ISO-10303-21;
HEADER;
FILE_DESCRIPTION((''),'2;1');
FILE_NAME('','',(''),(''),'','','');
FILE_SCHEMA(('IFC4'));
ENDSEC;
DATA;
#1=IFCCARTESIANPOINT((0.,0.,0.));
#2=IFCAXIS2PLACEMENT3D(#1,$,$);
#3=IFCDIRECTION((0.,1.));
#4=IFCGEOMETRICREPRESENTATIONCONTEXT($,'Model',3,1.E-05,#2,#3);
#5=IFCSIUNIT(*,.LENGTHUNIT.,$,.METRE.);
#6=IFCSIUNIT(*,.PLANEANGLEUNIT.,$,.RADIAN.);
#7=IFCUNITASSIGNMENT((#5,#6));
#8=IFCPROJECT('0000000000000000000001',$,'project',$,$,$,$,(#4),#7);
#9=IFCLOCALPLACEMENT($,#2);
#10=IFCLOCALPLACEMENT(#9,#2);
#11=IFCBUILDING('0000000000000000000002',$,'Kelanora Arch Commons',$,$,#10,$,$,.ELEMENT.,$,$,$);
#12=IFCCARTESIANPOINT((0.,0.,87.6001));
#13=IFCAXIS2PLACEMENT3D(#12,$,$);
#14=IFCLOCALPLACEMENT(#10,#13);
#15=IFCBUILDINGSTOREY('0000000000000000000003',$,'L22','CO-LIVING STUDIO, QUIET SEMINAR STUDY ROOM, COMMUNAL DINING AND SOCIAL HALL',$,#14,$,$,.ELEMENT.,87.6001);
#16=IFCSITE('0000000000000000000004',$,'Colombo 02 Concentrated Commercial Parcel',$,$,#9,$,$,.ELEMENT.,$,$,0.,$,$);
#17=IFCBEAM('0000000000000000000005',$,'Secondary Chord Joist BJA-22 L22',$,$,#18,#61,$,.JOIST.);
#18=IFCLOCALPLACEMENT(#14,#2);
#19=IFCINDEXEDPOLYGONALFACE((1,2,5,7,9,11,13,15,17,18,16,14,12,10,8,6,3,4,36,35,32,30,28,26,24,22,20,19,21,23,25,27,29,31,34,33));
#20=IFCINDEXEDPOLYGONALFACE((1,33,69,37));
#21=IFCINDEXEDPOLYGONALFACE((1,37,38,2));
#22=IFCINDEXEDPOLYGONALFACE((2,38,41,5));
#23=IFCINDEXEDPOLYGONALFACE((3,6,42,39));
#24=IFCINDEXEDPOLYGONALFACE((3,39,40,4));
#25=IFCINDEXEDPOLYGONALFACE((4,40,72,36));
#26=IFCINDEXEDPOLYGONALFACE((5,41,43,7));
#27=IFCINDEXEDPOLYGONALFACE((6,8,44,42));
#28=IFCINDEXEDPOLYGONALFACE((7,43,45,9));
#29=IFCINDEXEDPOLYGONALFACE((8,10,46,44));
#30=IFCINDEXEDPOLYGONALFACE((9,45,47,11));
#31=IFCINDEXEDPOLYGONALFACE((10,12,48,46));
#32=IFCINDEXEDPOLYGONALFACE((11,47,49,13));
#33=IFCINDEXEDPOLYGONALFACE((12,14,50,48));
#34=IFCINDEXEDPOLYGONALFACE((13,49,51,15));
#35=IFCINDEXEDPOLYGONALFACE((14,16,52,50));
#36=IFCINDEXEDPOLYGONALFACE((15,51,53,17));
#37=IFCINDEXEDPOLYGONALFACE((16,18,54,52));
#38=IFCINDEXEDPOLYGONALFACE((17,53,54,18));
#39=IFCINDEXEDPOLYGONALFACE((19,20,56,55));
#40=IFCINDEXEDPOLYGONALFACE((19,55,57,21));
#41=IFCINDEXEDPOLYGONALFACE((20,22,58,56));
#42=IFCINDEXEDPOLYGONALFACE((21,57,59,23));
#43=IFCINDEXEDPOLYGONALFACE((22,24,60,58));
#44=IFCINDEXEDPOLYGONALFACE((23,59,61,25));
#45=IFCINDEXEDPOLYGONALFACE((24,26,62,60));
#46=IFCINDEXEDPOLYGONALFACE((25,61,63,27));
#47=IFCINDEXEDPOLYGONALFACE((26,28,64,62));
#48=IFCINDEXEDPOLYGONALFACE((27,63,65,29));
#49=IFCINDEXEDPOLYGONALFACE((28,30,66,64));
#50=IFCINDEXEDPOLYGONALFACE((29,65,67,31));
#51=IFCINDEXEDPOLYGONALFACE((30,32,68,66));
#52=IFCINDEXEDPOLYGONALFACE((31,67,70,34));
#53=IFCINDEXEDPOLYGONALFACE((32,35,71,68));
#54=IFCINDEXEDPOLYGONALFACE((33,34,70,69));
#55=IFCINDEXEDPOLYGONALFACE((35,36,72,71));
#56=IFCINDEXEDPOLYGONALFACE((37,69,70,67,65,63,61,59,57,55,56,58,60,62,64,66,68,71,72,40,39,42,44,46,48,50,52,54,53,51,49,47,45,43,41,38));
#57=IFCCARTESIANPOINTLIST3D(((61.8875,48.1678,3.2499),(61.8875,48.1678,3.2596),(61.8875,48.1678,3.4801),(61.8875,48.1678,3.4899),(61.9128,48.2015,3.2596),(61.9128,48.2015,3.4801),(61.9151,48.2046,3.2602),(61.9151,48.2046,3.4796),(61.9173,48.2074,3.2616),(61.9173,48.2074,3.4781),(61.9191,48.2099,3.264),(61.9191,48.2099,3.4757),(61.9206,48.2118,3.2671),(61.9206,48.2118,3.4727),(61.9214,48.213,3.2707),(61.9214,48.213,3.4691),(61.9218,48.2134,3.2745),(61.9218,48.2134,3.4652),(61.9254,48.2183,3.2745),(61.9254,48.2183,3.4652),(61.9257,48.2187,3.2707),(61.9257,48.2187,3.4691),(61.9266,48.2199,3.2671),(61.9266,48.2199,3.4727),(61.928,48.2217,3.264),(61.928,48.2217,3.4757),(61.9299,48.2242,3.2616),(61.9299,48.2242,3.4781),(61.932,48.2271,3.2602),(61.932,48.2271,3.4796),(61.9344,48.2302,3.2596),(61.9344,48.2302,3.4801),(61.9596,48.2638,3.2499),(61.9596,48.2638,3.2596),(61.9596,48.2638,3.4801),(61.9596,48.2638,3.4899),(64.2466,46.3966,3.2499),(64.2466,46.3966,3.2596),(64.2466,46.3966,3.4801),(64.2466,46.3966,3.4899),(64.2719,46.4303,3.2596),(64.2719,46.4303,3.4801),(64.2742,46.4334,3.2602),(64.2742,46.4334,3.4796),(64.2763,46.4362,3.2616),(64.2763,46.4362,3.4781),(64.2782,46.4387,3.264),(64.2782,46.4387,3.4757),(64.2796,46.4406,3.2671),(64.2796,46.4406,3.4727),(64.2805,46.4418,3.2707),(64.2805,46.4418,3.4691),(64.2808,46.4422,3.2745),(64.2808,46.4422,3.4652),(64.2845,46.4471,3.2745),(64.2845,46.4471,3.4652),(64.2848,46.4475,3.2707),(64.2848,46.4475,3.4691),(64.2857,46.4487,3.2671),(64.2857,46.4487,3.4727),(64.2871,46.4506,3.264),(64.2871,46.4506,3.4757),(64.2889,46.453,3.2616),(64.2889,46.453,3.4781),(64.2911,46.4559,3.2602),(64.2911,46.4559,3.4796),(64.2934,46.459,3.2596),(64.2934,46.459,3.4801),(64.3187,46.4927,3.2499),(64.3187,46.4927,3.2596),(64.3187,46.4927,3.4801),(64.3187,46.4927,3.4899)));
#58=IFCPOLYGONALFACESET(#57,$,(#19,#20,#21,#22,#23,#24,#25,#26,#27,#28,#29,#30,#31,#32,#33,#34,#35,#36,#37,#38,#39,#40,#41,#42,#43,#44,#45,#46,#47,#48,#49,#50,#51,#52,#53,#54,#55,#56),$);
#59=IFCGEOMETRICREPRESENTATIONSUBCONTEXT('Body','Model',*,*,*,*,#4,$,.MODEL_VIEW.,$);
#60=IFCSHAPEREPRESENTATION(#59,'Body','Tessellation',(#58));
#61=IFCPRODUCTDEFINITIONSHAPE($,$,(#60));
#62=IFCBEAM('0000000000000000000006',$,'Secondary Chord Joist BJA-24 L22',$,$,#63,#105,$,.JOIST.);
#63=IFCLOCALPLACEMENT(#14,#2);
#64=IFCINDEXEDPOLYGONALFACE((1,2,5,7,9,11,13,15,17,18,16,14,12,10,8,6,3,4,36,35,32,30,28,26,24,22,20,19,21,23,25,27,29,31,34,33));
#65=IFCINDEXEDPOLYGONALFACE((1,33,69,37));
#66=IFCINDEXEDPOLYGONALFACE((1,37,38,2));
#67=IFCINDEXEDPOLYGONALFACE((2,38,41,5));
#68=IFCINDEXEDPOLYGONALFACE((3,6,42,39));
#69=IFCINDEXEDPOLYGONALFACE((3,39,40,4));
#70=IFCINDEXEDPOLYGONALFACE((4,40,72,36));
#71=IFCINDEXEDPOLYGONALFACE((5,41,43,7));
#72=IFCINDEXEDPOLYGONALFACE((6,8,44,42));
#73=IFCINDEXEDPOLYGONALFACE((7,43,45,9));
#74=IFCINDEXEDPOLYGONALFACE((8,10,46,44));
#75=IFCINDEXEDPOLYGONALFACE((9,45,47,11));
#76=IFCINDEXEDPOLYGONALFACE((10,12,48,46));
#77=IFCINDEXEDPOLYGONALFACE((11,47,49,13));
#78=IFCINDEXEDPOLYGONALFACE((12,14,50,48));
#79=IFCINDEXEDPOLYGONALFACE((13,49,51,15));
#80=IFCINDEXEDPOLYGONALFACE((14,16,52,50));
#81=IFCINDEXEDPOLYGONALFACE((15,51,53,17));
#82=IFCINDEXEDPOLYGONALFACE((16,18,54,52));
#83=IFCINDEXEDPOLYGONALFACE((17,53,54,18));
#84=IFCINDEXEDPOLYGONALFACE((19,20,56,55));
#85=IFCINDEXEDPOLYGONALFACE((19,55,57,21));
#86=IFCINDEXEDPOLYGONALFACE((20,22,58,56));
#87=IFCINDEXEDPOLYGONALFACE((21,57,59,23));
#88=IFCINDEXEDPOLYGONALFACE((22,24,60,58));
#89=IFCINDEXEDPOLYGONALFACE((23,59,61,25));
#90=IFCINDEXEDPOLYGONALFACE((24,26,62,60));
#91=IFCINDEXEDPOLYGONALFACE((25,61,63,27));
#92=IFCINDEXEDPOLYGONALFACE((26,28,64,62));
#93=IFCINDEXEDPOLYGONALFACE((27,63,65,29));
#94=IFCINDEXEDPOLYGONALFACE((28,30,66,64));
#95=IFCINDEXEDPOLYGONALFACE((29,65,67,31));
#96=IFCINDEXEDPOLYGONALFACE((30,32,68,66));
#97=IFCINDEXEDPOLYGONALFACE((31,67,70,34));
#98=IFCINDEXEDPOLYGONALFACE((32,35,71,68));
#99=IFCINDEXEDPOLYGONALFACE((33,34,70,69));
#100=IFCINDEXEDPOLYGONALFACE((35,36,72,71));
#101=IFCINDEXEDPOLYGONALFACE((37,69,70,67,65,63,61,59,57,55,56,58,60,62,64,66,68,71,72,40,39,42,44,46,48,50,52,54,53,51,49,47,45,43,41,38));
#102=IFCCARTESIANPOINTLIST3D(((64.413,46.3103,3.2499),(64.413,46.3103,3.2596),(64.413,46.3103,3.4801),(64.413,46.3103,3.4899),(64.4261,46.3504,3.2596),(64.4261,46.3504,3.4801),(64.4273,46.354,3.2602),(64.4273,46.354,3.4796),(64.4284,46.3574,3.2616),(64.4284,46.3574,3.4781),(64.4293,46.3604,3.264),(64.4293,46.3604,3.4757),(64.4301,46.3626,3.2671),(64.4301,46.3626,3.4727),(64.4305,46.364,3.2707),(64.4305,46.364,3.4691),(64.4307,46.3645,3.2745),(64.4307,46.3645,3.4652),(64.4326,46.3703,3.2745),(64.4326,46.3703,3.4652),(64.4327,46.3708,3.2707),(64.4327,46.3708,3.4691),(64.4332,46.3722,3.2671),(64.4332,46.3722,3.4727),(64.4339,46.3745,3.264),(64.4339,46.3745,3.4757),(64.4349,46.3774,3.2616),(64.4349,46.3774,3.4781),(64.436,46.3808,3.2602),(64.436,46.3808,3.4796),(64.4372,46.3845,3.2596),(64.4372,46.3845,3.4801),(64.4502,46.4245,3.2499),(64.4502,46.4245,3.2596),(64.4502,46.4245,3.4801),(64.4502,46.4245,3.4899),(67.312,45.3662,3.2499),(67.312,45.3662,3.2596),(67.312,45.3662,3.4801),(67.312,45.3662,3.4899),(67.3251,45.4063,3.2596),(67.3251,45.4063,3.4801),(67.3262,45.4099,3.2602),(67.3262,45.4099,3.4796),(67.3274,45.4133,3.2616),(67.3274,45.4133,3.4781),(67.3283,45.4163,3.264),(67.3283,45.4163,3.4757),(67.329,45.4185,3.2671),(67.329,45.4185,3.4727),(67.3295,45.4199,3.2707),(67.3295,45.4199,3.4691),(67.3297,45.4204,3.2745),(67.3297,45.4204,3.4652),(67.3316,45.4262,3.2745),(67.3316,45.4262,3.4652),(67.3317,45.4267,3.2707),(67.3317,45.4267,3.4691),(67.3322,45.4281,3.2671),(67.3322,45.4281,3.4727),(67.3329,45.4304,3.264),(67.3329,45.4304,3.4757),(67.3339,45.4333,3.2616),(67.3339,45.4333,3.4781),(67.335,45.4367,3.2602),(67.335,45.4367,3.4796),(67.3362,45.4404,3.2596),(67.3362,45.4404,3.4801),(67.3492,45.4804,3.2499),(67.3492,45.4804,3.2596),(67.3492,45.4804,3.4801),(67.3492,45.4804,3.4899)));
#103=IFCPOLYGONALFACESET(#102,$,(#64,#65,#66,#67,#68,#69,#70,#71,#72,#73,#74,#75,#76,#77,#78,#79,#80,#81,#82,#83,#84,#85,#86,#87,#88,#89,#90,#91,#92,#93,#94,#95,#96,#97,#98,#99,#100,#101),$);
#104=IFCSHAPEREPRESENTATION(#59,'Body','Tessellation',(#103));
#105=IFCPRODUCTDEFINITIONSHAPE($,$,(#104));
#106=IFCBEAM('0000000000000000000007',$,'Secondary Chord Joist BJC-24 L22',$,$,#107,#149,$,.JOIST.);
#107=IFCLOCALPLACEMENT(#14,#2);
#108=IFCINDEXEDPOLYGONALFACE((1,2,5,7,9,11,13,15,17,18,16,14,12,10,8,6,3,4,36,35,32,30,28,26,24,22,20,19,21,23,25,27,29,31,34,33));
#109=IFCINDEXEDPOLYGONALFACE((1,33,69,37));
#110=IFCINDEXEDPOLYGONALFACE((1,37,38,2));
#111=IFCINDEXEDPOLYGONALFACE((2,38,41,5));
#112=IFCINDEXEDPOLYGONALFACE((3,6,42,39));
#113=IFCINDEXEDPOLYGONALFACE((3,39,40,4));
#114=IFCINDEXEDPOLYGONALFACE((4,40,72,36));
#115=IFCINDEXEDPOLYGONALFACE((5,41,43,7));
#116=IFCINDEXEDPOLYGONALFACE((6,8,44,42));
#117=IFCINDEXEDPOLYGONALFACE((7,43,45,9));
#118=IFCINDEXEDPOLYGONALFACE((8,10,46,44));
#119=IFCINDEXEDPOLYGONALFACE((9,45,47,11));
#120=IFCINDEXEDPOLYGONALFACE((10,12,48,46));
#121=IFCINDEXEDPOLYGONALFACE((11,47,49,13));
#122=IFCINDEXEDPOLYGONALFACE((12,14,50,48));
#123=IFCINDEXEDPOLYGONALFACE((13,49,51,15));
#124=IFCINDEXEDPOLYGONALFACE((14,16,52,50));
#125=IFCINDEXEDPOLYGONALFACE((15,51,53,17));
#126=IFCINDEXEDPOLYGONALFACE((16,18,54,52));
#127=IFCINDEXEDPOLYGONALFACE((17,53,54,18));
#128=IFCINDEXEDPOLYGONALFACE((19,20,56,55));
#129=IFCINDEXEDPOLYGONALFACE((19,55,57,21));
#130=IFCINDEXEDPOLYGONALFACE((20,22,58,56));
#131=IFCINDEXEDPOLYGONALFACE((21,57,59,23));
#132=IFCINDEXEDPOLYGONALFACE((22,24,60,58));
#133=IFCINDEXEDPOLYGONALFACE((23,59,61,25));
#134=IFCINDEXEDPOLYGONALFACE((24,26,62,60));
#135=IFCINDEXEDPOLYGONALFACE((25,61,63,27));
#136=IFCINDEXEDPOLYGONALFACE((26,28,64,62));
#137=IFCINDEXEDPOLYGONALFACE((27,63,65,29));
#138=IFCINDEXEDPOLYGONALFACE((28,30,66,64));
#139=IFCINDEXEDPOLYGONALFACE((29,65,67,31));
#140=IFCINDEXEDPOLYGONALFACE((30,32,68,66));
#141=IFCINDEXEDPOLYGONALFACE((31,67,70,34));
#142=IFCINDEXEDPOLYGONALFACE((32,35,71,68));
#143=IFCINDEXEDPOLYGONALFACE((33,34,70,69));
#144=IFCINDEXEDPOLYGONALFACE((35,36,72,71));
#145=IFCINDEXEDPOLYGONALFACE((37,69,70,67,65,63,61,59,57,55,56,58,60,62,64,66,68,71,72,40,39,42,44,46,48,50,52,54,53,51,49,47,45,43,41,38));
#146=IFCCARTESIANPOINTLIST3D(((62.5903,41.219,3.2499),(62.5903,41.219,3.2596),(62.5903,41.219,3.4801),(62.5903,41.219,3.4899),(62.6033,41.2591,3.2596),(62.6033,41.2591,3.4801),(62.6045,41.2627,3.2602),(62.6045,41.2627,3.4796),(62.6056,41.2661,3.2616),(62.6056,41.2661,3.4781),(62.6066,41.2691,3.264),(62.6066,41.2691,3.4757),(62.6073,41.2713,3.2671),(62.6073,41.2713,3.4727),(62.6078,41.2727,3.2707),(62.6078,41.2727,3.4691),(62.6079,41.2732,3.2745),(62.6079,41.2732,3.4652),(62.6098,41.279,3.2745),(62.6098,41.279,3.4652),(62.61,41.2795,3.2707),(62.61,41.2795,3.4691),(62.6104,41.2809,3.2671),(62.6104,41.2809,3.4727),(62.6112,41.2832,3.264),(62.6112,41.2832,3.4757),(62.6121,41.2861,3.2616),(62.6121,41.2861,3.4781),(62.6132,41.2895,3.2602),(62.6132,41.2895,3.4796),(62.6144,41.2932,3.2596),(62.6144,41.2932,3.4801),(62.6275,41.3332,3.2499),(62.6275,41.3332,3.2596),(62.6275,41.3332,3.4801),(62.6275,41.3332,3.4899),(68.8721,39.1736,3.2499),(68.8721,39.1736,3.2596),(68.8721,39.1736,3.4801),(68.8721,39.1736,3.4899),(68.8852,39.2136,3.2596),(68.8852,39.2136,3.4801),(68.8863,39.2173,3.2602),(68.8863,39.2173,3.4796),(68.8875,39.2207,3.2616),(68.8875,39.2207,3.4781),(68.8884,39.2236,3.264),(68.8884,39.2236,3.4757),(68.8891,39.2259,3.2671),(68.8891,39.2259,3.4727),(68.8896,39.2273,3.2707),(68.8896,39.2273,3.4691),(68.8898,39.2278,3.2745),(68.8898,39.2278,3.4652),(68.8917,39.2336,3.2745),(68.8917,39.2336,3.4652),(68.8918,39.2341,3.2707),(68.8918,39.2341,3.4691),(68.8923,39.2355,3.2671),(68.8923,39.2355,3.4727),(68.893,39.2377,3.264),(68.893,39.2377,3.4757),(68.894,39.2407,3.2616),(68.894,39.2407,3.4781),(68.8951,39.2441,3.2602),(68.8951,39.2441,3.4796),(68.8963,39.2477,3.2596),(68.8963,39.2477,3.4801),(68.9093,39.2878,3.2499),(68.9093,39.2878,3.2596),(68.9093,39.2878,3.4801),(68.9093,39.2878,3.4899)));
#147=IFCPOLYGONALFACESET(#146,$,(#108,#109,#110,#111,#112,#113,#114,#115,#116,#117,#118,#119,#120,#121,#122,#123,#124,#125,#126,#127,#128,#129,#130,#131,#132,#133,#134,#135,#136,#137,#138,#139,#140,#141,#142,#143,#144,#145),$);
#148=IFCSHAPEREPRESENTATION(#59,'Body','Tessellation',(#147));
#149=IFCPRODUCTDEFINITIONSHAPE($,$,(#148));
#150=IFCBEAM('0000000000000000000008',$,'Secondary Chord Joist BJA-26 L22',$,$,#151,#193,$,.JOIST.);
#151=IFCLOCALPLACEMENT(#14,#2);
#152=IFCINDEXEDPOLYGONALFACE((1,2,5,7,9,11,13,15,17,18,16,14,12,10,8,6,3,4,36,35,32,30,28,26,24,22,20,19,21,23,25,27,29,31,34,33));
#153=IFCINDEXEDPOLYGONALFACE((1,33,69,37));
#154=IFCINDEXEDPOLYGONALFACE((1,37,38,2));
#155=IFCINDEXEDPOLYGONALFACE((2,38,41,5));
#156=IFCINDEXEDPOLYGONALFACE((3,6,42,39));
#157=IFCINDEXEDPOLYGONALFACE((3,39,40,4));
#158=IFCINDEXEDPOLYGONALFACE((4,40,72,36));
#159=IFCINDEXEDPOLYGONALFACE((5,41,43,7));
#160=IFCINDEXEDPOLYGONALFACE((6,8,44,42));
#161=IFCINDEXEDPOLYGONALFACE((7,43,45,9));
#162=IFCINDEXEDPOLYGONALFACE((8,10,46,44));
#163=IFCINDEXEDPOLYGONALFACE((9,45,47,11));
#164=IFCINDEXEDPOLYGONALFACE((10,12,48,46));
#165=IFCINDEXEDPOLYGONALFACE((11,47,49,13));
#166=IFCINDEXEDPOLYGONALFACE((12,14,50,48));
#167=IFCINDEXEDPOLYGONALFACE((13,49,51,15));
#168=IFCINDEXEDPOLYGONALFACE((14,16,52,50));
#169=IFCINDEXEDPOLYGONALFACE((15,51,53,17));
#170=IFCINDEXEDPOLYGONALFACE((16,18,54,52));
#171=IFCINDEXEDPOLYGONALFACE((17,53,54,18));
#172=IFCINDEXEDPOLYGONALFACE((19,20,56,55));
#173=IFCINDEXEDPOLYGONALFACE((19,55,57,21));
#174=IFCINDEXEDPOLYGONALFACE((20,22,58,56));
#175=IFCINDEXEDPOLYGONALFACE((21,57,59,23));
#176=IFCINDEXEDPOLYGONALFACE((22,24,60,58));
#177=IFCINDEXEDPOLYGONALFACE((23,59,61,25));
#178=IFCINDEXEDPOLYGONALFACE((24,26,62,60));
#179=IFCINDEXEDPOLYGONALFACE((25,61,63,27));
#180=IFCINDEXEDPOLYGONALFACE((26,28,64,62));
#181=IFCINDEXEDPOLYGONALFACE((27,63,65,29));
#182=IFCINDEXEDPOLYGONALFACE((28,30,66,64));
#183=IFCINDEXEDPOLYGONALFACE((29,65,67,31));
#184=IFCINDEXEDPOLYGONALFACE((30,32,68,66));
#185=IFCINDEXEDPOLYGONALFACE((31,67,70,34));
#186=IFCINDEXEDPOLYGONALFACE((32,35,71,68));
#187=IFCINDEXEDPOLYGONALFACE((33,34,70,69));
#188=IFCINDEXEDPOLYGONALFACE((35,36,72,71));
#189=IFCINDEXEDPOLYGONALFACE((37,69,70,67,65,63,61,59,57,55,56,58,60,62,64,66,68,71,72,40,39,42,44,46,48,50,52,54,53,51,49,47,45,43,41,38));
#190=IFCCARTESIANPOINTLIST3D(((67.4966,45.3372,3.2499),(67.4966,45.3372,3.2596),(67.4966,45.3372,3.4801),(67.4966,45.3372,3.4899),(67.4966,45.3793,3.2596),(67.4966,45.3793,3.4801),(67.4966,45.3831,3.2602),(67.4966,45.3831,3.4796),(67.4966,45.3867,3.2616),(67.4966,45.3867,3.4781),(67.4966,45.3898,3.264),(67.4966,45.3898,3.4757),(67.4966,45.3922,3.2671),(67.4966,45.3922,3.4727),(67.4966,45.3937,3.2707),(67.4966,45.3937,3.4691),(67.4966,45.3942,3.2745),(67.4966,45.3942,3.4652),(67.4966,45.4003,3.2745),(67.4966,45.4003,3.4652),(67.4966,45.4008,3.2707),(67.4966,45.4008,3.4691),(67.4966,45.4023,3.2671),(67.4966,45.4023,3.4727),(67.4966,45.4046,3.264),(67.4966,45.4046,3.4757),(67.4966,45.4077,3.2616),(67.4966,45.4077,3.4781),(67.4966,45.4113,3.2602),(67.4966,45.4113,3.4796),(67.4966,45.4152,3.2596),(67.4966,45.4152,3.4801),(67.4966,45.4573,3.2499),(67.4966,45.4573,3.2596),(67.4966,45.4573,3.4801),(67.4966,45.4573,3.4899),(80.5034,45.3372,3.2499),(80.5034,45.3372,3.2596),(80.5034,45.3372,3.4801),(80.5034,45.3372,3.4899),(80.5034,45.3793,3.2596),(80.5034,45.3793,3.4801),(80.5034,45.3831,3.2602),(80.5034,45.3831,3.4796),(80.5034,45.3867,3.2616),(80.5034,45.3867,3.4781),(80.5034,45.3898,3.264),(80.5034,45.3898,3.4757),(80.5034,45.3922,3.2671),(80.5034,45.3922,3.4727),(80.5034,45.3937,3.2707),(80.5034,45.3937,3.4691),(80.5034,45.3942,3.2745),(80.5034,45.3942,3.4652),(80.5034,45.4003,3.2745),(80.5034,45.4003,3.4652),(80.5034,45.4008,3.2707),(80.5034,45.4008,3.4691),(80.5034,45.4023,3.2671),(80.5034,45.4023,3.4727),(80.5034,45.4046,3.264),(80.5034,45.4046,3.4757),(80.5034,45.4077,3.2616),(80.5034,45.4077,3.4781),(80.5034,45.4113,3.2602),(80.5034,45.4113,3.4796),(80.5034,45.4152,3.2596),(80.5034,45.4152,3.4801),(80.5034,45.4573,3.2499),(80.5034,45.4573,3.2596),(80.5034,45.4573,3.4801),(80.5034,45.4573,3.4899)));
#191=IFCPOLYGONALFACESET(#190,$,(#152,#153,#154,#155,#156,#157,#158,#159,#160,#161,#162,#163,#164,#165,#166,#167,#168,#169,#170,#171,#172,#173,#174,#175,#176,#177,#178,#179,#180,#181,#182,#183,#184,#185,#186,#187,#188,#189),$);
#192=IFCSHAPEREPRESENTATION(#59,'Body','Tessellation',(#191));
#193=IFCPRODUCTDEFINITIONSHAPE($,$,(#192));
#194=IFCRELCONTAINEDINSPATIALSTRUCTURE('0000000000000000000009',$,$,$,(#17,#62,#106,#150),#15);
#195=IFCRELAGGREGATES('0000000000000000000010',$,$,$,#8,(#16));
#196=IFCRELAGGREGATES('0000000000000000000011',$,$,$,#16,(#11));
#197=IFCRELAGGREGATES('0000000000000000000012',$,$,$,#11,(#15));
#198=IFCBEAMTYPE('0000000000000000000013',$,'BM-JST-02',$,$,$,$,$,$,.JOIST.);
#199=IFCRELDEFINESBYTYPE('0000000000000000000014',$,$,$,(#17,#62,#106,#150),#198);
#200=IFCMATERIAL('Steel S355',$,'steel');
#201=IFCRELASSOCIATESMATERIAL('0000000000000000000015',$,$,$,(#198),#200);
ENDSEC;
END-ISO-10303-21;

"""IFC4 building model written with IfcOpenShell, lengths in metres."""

from ifc_helpers import new_model, si_unit, direction, frame, origin, origin_2d, place, context, subcontext, project, spatial, i_section, extrude, material, material_profile, profile_set, type_object, element, save


model = new_model("IFC4")

# Units and contexts
model_context = context("Model", 3, precision=1e-05, world=origin(), true_north=direction((0.0, 1.0)))
body_context = subcontext(model_context, "Body", "Model", "MODEL_VIEW")
ifc_project = project(units=[si_unit("LENGTHUNIT", "METRE"), si_unit("PLANEANGLEUNIT", "RADIAN")], contexts=[model_context])

# Site, building, storey
site_placement = place(None, origin())
site = spatial("IfcSite", under=ifc_project, at=site_placement, Name="Colombo 02 Concentrated Commercial Parcel", CompositionType="ELEMENT", RefElevation=0.0)
building_placement = place(site_placement, origin())
building = spatial("IfcBuilding", under=site, at=building_placement, Name="Kelanora Arch Commons", CompositionType="ELEMENT")
storey_placement = place(building_placement, frame((0.0, 0.0, 87.6001)))
storey = spatial("IfcBuildingStorey", under=building, at=storey_placement, Name="L22", Description="CO-LIVING STUDIO, QUIET SEMINAR STUDY ROOM, COMMUNAL DINING AND SOCIAL HALL", CompositionType="ELEMENT", Elevation=87.6001)

# Beams
ifc_material_1 = material(Name="Steel S355", Category="steel")
ifc_material_profile_1 = material_profile(ifc_material_1, i_section(OverallWidth=0.1201, OverallDepth=0.24, WebThickness=0.0061, FlangeThickness=0.0098, FilletRadius=0.0149, at=origin_2d()), Name="IPE240")
ifc_profile_set_1 = profile_set([ifc_material_profile_1], Name="Steel S355")
beam_type_1 = type_object("IfcBeamType", Name="BM-JST-02", PredefinedType="JOIST", material=ifc_profile_set_1)
beam_1_placement = place(storey_placement, frame((61.9236, 48.2158, 3.3699), z_axis=(0.799692, -0.60041, 0.0), x_axis=(0.60041, 0.799692, 0.0)))
element("IfcBeam", 1, at=beam_1_placement, inside=storey, type_object=beam_type_1, Name="Secondary Chord Joist BJA-22 L22", PredefinedType="JOIST", context=body_context, shape_type="SweptSolid", body=[
    extrude(i_section(OverallWidth=0.1201, OverallDepth=0.24, WebThickness=0.0061, FlangeThickness=0.0098, FilletRadius=0.0149, at=origin_2d()), origin(), (0.0, 0.0, 1.0), 2.95),
])
beam_2_placement = place(storey_placement, frame((64.4316, 46.3674, 3.3699), z_axis=(0.950847, -0.309662, 0.0), x_axis=(0.309662, 0.950847, 0.0)))
element("IfcBeam", 2, at=beam_2_placement, inside=storey, type_object=beam_type_1, Name="Secondary Chord Joist BJA-24 L22", PredefinedType="JOIST", context=body_context, shape_type="SweptSolid", body=[
    extrude(i_section(OverallWidth=0.1201, OverallDepth=0.24, WebThickness=0.0061, FlangeThickness=0.0098, FilletRadius=0.0149, at=origin_2d()), origin(), (0.0, 0.0, 1.0), 3.0488),
])
beam_3_placement = place(storey_placement, frame((62.6089, 41.2761, 3.3699), z_axis=(0.950863, -0.309612, 0.0), x_axis=(0.309612, 0.950863, 0.0)))
element("IfcBeam", 3, at=beam_3_placement, inside=storey, type_object=beam_type_1, Name="Secondary Chord Joist BJC-24 L22", PredefinedType="JOIST", context=body_context, shape_type="SweptSolid", body=[
    extrude(i_section(OverallWidth=0.1201, OverallDepth=0.24, WebThickness=0.0061, FlangeThickness=0.0098, FilletRadius=0.0149, at=origin_2d()), origin(), (0.0, 0.0, 1.0), 6.6064),
])
beam_4_placement = place(storey_placement, frame((67.4966, 45.3972, 3.3699), z_axis=(1.0, 0.0, 0.0), x_axis=(0.0, 1.0, 0.0)))
element("IfcBeam", 4, at=beam_4_placement, inside=storey, type_object=beam_type_1, Name="Secondary Chord Joist BJA-26 L22", PredefinedType="JOIST", context=body_context, shape_type="SweptSolid", body=[
    extrude(i_section(OverallWidth=0.1201, OverallDepth=0.24, WebThickness=0.0061, FlangeThickness=0.0098, FilletRadius=0.0149, at=origin_2d()), origin(), (0.0, 0.0, 1.0), 13.0068),
])

save(model, "model.ifc")
